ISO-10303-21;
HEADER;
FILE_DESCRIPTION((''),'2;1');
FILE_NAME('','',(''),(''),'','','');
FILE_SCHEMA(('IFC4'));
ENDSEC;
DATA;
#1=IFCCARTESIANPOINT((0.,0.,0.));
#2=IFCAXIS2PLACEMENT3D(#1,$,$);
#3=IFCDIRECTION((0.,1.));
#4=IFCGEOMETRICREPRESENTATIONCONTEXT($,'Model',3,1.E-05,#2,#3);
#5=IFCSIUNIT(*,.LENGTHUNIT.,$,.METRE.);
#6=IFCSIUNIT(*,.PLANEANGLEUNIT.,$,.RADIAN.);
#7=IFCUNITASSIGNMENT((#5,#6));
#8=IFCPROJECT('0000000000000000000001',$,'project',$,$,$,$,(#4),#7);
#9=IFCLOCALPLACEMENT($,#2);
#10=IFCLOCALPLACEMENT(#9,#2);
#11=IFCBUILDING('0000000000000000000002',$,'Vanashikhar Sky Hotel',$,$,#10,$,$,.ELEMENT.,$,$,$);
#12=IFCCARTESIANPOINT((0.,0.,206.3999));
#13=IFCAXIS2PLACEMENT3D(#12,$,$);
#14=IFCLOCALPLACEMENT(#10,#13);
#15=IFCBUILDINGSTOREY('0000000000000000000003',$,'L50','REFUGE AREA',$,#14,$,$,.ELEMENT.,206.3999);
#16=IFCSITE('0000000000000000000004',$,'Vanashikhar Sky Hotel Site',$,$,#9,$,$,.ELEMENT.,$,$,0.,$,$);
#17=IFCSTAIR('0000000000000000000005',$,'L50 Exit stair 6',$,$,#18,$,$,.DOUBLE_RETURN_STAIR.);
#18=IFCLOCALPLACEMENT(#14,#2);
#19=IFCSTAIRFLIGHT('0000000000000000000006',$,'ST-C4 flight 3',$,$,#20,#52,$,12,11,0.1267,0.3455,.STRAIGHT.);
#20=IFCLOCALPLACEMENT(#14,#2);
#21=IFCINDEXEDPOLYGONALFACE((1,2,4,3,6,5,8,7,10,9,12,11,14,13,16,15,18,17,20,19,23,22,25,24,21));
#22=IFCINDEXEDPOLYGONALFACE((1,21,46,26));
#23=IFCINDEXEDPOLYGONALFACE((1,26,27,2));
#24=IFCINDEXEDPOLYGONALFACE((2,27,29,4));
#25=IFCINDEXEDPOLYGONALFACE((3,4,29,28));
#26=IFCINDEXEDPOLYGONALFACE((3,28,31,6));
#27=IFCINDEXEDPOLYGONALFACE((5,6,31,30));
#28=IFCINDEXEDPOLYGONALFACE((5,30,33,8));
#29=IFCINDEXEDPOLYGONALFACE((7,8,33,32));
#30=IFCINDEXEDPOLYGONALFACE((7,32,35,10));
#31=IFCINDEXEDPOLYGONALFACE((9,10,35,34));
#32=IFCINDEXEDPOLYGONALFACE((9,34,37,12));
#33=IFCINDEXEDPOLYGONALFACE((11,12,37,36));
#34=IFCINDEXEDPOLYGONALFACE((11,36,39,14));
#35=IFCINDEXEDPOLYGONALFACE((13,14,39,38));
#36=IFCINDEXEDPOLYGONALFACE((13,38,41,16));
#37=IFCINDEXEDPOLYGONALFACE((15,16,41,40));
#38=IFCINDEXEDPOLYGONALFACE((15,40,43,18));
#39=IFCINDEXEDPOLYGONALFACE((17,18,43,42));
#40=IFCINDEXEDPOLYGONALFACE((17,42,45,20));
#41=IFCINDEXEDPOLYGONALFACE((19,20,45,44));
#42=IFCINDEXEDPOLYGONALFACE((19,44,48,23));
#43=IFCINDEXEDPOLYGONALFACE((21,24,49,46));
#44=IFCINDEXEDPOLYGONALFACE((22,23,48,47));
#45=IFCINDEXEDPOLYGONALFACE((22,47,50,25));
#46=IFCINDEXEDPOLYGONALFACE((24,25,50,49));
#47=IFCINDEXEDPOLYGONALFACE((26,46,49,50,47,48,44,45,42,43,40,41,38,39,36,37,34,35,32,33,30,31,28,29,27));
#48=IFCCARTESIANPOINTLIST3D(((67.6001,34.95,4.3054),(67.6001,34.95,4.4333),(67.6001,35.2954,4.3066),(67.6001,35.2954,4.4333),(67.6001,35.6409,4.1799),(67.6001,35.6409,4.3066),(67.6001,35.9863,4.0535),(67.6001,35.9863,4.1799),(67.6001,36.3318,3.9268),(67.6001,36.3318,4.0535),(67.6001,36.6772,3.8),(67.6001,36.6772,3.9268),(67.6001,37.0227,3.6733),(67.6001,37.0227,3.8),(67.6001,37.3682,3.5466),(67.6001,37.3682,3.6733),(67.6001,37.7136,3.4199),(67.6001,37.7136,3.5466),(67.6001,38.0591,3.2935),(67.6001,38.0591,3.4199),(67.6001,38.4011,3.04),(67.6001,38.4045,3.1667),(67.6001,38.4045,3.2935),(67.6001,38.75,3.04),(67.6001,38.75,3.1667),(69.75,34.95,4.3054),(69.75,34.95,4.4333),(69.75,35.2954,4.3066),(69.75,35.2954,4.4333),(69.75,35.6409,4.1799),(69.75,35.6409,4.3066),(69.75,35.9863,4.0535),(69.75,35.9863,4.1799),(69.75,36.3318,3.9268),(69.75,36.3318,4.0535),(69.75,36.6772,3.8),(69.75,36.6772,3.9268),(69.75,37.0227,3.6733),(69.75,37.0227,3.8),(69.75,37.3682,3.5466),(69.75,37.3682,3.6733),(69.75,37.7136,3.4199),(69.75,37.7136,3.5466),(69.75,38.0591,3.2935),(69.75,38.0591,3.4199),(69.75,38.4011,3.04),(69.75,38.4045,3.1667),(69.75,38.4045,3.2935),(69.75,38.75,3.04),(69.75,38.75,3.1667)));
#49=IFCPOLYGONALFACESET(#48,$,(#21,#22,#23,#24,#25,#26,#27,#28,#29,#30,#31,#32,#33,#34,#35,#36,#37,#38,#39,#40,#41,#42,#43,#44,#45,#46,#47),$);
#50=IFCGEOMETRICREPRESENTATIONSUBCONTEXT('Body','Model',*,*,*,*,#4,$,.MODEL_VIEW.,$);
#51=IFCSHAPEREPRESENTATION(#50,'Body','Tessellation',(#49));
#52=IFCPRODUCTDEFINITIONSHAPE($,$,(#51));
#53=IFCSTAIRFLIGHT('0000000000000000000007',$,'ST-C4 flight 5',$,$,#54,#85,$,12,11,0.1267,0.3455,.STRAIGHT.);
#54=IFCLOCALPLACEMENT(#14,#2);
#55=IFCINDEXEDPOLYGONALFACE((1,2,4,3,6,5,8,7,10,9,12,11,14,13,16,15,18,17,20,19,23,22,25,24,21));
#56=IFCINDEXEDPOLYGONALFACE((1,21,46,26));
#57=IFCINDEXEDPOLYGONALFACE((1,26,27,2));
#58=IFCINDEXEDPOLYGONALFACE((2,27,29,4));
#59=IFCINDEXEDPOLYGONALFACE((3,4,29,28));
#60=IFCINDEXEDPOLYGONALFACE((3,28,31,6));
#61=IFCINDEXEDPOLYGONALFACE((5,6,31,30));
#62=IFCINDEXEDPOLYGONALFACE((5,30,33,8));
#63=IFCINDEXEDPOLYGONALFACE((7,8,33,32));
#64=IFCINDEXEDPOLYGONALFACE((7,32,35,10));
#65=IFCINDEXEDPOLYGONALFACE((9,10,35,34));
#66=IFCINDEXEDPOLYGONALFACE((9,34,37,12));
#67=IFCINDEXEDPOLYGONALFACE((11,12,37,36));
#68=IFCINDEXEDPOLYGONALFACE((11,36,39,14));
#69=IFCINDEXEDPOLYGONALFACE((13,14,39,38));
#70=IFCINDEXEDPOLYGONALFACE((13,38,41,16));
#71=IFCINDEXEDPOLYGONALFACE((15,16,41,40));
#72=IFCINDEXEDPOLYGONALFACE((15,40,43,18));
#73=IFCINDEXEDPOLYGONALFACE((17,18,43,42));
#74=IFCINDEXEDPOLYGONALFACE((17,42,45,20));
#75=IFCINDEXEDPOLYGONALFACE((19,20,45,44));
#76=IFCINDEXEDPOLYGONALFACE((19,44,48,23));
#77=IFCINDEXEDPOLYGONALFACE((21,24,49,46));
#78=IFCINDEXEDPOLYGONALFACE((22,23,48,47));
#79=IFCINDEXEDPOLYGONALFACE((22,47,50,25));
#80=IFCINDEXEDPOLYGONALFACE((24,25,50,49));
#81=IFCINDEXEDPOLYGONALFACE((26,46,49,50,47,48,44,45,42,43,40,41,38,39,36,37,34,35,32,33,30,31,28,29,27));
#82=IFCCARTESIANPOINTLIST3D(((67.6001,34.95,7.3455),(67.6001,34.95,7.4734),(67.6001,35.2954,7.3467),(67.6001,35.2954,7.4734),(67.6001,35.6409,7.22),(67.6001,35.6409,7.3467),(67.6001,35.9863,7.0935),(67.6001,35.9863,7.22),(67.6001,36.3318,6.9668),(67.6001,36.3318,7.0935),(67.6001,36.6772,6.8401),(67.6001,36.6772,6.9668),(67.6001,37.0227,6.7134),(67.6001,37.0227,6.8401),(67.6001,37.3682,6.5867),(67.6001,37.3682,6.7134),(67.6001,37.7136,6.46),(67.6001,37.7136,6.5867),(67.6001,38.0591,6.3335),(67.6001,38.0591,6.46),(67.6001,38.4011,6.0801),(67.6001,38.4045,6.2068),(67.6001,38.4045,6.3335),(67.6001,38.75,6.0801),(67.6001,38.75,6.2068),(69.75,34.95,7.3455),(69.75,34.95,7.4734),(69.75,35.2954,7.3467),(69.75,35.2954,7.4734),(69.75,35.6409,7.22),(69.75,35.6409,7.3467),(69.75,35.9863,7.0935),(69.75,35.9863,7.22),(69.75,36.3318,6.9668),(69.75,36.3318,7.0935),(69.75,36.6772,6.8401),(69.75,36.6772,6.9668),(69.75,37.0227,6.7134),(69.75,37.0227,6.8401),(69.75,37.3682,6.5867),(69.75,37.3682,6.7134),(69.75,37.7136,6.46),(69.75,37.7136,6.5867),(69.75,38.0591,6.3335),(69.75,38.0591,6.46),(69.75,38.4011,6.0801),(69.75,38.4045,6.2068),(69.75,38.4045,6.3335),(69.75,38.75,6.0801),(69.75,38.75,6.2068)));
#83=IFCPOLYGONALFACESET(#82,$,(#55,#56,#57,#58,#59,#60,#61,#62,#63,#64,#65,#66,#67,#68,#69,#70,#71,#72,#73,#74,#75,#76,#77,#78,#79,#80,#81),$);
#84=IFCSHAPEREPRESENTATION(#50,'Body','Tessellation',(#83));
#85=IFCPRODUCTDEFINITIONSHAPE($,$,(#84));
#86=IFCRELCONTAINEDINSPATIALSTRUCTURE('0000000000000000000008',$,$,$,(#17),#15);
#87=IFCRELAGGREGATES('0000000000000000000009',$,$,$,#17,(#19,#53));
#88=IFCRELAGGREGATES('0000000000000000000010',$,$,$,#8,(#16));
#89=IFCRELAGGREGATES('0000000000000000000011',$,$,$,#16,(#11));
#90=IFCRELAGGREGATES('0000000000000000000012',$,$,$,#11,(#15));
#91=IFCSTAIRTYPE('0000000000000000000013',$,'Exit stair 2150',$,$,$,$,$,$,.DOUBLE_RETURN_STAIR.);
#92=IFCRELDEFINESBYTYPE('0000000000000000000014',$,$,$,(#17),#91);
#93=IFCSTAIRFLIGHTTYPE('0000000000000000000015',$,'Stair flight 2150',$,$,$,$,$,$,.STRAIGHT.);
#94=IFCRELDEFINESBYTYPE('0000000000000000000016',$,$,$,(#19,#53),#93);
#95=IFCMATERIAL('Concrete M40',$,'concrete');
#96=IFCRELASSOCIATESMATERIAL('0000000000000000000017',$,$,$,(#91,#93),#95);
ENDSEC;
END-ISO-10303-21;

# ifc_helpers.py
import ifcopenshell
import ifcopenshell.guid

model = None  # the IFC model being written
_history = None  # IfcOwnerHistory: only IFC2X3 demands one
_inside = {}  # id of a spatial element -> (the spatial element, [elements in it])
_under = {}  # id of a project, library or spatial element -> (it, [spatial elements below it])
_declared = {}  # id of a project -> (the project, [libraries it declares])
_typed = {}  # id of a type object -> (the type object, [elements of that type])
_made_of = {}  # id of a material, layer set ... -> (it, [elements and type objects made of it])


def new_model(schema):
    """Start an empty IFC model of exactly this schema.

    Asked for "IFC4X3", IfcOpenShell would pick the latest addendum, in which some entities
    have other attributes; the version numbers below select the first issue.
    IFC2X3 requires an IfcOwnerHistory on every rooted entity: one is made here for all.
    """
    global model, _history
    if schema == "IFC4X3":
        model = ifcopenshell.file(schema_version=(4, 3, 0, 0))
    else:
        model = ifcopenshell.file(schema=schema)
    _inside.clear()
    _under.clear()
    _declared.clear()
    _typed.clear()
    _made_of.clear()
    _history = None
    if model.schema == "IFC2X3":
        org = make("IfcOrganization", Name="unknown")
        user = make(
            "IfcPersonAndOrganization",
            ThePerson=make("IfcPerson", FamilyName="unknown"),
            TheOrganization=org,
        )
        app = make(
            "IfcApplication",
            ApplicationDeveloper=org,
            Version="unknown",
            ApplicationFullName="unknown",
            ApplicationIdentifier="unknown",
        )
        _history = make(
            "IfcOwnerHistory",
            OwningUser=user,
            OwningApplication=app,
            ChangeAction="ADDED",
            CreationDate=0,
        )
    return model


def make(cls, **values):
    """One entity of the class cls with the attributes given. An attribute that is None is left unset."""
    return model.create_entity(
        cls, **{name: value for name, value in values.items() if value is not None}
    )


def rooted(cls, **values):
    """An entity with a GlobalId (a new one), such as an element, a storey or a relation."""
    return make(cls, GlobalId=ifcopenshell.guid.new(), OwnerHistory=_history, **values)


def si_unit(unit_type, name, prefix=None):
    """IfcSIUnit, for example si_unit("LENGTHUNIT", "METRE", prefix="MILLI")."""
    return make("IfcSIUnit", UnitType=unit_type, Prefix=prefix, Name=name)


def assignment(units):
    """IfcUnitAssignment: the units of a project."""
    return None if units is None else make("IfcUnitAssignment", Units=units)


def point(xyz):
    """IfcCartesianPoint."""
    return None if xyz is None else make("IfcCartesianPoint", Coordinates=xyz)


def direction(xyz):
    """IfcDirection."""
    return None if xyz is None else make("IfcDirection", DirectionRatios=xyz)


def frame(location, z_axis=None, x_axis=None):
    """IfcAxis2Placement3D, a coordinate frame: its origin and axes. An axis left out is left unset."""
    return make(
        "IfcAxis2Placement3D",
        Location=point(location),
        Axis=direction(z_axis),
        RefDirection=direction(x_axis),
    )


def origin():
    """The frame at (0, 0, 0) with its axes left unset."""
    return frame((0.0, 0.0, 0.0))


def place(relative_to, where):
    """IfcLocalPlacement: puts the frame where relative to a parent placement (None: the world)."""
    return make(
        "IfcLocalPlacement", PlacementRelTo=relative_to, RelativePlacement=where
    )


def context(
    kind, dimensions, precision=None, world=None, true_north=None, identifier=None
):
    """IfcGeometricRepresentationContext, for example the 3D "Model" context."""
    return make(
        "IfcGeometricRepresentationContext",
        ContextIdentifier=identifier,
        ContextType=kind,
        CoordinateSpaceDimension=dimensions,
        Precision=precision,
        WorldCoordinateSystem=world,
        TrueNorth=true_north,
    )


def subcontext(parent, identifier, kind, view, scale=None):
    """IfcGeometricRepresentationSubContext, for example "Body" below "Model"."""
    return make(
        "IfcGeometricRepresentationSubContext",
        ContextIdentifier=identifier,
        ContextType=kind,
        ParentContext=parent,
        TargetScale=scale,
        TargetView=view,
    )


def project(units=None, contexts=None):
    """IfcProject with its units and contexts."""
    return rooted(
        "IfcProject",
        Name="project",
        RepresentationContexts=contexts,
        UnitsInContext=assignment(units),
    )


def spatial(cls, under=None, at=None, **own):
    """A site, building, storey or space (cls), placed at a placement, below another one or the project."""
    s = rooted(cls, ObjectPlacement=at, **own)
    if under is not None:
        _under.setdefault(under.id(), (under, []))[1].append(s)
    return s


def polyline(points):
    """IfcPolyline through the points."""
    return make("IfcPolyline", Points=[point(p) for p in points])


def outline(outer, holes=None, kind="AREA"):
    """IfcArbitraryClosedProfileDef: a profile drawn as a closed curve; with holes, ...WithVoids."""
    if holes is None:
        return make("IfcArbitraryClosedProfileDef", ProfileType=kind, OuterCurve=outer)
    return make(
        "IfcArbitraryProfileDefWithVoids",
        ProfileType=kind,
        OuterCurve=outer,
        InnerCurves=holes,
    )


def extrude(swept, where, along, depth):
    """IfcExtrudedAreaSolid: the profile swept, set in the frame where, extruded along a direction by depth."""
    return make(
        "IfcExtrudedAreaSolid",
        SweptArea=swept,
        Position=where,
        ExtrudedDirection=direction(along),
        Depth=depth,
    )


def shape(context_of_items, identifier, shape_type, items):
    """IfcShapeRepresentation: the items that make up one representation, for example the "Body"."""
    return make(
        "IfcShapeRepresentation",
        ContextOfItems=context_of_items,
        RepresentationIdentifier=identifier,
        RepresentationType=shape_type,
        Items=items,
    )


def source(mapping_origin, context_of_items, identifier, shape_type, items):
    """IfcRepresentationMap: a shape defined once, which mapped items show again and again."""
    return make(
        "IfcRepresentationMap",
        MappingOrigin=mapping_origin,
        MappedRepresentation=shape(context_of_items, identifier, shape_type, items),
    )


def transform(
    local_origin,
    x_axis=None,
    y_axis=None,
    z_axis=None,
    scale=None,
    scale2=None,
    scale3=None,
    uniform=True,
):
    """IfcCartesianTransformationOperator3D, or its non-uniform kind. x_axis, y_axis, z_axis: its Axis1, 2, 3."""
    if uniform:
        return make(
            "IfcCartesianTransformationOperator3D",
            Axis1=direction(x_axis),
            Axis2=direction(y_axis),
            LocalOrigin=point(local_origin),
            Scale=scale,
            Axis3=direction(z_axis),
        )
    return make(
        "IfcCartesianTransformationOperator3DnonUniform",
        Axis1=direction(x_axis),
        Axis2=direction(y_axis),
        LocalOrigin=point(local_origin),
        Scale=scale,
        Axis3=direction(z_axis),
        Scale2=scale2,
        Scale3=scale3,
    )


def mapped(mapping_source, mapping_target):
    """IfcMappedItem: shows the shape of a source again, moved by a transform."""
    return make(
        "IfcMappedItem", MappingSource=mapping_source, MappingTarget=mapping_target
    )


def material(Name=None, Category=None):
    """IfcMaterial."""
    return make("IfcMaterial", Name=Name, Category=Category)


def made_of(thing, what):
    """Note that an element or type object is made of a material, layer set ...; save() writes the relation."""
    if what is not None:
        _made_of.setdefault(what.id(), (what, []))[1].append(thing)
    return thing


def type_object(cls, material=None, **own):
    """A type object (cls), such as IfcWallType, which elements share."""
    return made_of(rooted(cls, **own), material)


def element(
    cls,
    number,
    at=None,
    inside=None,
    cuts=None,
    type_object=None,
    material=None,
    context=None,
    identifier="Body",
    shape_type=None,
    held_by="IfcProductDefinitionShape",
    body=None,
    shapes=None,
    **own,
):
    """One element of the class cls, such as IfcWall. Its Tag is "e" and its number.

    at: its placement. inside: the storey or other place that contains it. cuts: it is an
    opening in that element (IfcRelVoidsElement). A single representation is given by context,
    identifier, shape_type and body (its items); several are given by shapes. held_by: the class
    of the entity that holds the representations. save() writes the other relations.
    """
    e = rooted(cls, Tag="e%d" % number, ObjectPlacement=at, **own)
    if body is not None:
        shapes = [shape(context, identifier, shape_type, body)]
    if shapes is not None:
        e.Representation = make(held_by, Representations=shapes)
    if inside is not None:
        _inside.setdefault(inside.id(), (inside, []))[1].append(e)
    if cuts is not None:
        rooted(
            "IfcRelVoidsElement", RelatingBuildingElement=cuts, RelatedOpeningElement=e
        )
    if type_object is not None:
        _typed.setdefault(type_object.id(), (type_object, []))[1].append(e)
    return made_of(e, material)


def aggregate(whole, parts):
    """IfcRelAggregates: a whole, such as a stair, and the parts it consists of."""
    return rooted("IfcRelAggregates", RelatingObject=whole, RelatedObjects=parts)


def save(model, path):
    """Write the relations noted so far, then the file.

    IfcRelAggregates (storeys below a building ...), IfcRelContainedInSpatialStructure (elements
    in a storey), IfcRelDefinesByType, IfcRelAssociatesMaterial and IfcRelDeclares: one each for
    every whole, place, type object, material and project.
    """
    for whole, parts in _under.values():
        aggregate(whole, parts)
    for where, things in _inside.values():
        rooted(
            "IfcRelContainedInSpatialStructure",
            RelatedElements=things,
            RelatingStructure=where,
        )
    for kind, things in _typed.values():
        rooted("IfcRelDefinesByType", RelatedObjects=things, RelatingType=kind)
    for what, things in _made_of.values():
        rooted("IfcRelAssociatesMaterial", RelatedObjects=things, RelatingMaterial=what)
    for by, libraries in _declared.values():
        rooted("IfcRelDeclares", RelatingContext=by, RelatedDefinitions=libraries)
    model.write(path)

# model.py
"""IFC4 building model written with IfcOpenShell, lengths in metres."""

from ifc_helpers import new_model, si_unit, direction, frame, origin, place, context, subcontext, project, spatial, polyline, outline, extrude, source, transform, mapped, material, type_object, element, aggregate, save


model = new_model("IFC4")

# Units and contexts
model_context = context("Model", 3, precision=1e-05, world=origin(), true_north=direction((0.0, 1.0)))
body_context = subcontext(model_context, "Body", "Model", "MODEL_VIEW")
ifc_project = project(units=[si_unit("LENGTHUNIT", "METRE"), si_unit("PLANEANGLEUNIT", "RADIAN")], contexts=[model_context])

# Site, building, storey
site_placement = place(None, origin())
site = spatial("IfcSite", under=ifc_project, at=site_placement, Name="Vanashikhar Sky Hotel Site", CompositionType="ELEMENT", RefElevation=0.0)
building_placement = place(site_placement, origin())
building = spatial("IfcBuilding", under=site, at=building_placement, Name="Vanashikhar Sky Hotel", CompositionType="ELEMENT")
storey_placement = place(building_placement, frame((0.0, 0.0, 206.3999)))
storey = spatial("IfcBuildingStorey", under=building, at=storey_placement, Name="L50", Description="REFUGE AREA", CompositionType="ELEMENT", Elevation=206.3999)

# Stair, stair flights
ifc_material_1 = material(Name="Concrete M40", Category="concrete")
stair_type = type_object("IfcStairType", Name="Exit stair 2150", PredefinedType="DOUBLE_RETURN_STAIR", material=ifc_material_1)
stair_flight_type = type_object("IfcStairFlightType", Name="Stair flight 2150", PredefinedType="STRAIGHT", material=ifc_material_1)
shared_shape_1 = source(origin(), body_context, "Body", "SweptSolid", [
    extrude(outline(polyline([(0.0, 0.0), (0.0, 0.1267), (0.3455, 0.1267), (0.3455, 0.2534), (0.6909, 0.2534), (0.6909, 0.3799), (1.0364, 0.3799), (1.0364, 0.5066), (1.3818, 0.5066), (1.3818, 0.6333), (1.7273, 0.6333), (1.7273, 0.76), (2.0728, 0.76), (2.0728, 0.8867), (2.4182, 0.8867), (2.4182, 1.0134), (2.7637, 1.0134), (2.7637, 1.1399), (3.1091, 1.1399), (3.1091, 1.2666), (3.4546, 1.2666), (3.4546, 1.3933), (3.8, 1.3933), (3.8, 1.52), (3.8, 1.2654), (0.3489, 0.0), (0.0, 0.0)])), frame((0.0, 1.075, 0.0), z_axis=(0.0, -1.0, 0.0), x_axis=(1.0, 0.0, 0.0)), (0.0, 0.0, 1.0), 2.1499),
])
stair_1_placement = place(storey_placement, origin())
stair_1 = element("IfcStair", 1, at=stair_1_placement, inside=storey, type_object=stair_type, Name="L50 Exit stair 6", PredefinedType="DOUBLE_RETURN_STAIR")
stair_flight_1_placement = place(storey_placement, frame((68.675, 38.75, 3.04), z_axis=(0.0, 0.0, 1.0), x_axis=(0.0, -1.0, 0.0)))
stair_flight_1 = element("IfcStairFlight", 2, at=stair_flight_1_placement, type_object=stair_flight_type, Name="ST-C4 flight 3", NumberOfRisers=12, NumberOfTreads=11, PredefinedType="STRAIGHT", RiserHeight=0.1267, TreadLength=0.3455, context=body_context, shape_type="MappedRepresentation", body=[
    mapped(shared_shape_1, transform((0.0, 0.0, 0.0), scale=1.0)),
])
stair_flight_2_placement = place(storey_placement, frame((68.675, 38.75, 6.0801), z_axis=(0.0, 0.0, 1.0), x_axis=(0.0, -1.0, 0.0)))
stair_flight_2 = element("IfcStairFlight", 3, at=stair_flight_2_placement, type_object=stair_flight_type, Name="ST-C4 flight 5", NumberOfRisers=12, NumberOfTreads=11, PredefinedType="STRAIGHT", RiserHeight=0.1267, TreadLength=0.3455, context=body_context, shape_type="MappedRepresentation", body=[
    mapped(shared_shape_1, transform((0.0, 0.0, 0.0), scale=1.0)),
])
aggregate(stair_1, [stair_flight_1, stair_flight_2])

save(model, "model.ifc")
